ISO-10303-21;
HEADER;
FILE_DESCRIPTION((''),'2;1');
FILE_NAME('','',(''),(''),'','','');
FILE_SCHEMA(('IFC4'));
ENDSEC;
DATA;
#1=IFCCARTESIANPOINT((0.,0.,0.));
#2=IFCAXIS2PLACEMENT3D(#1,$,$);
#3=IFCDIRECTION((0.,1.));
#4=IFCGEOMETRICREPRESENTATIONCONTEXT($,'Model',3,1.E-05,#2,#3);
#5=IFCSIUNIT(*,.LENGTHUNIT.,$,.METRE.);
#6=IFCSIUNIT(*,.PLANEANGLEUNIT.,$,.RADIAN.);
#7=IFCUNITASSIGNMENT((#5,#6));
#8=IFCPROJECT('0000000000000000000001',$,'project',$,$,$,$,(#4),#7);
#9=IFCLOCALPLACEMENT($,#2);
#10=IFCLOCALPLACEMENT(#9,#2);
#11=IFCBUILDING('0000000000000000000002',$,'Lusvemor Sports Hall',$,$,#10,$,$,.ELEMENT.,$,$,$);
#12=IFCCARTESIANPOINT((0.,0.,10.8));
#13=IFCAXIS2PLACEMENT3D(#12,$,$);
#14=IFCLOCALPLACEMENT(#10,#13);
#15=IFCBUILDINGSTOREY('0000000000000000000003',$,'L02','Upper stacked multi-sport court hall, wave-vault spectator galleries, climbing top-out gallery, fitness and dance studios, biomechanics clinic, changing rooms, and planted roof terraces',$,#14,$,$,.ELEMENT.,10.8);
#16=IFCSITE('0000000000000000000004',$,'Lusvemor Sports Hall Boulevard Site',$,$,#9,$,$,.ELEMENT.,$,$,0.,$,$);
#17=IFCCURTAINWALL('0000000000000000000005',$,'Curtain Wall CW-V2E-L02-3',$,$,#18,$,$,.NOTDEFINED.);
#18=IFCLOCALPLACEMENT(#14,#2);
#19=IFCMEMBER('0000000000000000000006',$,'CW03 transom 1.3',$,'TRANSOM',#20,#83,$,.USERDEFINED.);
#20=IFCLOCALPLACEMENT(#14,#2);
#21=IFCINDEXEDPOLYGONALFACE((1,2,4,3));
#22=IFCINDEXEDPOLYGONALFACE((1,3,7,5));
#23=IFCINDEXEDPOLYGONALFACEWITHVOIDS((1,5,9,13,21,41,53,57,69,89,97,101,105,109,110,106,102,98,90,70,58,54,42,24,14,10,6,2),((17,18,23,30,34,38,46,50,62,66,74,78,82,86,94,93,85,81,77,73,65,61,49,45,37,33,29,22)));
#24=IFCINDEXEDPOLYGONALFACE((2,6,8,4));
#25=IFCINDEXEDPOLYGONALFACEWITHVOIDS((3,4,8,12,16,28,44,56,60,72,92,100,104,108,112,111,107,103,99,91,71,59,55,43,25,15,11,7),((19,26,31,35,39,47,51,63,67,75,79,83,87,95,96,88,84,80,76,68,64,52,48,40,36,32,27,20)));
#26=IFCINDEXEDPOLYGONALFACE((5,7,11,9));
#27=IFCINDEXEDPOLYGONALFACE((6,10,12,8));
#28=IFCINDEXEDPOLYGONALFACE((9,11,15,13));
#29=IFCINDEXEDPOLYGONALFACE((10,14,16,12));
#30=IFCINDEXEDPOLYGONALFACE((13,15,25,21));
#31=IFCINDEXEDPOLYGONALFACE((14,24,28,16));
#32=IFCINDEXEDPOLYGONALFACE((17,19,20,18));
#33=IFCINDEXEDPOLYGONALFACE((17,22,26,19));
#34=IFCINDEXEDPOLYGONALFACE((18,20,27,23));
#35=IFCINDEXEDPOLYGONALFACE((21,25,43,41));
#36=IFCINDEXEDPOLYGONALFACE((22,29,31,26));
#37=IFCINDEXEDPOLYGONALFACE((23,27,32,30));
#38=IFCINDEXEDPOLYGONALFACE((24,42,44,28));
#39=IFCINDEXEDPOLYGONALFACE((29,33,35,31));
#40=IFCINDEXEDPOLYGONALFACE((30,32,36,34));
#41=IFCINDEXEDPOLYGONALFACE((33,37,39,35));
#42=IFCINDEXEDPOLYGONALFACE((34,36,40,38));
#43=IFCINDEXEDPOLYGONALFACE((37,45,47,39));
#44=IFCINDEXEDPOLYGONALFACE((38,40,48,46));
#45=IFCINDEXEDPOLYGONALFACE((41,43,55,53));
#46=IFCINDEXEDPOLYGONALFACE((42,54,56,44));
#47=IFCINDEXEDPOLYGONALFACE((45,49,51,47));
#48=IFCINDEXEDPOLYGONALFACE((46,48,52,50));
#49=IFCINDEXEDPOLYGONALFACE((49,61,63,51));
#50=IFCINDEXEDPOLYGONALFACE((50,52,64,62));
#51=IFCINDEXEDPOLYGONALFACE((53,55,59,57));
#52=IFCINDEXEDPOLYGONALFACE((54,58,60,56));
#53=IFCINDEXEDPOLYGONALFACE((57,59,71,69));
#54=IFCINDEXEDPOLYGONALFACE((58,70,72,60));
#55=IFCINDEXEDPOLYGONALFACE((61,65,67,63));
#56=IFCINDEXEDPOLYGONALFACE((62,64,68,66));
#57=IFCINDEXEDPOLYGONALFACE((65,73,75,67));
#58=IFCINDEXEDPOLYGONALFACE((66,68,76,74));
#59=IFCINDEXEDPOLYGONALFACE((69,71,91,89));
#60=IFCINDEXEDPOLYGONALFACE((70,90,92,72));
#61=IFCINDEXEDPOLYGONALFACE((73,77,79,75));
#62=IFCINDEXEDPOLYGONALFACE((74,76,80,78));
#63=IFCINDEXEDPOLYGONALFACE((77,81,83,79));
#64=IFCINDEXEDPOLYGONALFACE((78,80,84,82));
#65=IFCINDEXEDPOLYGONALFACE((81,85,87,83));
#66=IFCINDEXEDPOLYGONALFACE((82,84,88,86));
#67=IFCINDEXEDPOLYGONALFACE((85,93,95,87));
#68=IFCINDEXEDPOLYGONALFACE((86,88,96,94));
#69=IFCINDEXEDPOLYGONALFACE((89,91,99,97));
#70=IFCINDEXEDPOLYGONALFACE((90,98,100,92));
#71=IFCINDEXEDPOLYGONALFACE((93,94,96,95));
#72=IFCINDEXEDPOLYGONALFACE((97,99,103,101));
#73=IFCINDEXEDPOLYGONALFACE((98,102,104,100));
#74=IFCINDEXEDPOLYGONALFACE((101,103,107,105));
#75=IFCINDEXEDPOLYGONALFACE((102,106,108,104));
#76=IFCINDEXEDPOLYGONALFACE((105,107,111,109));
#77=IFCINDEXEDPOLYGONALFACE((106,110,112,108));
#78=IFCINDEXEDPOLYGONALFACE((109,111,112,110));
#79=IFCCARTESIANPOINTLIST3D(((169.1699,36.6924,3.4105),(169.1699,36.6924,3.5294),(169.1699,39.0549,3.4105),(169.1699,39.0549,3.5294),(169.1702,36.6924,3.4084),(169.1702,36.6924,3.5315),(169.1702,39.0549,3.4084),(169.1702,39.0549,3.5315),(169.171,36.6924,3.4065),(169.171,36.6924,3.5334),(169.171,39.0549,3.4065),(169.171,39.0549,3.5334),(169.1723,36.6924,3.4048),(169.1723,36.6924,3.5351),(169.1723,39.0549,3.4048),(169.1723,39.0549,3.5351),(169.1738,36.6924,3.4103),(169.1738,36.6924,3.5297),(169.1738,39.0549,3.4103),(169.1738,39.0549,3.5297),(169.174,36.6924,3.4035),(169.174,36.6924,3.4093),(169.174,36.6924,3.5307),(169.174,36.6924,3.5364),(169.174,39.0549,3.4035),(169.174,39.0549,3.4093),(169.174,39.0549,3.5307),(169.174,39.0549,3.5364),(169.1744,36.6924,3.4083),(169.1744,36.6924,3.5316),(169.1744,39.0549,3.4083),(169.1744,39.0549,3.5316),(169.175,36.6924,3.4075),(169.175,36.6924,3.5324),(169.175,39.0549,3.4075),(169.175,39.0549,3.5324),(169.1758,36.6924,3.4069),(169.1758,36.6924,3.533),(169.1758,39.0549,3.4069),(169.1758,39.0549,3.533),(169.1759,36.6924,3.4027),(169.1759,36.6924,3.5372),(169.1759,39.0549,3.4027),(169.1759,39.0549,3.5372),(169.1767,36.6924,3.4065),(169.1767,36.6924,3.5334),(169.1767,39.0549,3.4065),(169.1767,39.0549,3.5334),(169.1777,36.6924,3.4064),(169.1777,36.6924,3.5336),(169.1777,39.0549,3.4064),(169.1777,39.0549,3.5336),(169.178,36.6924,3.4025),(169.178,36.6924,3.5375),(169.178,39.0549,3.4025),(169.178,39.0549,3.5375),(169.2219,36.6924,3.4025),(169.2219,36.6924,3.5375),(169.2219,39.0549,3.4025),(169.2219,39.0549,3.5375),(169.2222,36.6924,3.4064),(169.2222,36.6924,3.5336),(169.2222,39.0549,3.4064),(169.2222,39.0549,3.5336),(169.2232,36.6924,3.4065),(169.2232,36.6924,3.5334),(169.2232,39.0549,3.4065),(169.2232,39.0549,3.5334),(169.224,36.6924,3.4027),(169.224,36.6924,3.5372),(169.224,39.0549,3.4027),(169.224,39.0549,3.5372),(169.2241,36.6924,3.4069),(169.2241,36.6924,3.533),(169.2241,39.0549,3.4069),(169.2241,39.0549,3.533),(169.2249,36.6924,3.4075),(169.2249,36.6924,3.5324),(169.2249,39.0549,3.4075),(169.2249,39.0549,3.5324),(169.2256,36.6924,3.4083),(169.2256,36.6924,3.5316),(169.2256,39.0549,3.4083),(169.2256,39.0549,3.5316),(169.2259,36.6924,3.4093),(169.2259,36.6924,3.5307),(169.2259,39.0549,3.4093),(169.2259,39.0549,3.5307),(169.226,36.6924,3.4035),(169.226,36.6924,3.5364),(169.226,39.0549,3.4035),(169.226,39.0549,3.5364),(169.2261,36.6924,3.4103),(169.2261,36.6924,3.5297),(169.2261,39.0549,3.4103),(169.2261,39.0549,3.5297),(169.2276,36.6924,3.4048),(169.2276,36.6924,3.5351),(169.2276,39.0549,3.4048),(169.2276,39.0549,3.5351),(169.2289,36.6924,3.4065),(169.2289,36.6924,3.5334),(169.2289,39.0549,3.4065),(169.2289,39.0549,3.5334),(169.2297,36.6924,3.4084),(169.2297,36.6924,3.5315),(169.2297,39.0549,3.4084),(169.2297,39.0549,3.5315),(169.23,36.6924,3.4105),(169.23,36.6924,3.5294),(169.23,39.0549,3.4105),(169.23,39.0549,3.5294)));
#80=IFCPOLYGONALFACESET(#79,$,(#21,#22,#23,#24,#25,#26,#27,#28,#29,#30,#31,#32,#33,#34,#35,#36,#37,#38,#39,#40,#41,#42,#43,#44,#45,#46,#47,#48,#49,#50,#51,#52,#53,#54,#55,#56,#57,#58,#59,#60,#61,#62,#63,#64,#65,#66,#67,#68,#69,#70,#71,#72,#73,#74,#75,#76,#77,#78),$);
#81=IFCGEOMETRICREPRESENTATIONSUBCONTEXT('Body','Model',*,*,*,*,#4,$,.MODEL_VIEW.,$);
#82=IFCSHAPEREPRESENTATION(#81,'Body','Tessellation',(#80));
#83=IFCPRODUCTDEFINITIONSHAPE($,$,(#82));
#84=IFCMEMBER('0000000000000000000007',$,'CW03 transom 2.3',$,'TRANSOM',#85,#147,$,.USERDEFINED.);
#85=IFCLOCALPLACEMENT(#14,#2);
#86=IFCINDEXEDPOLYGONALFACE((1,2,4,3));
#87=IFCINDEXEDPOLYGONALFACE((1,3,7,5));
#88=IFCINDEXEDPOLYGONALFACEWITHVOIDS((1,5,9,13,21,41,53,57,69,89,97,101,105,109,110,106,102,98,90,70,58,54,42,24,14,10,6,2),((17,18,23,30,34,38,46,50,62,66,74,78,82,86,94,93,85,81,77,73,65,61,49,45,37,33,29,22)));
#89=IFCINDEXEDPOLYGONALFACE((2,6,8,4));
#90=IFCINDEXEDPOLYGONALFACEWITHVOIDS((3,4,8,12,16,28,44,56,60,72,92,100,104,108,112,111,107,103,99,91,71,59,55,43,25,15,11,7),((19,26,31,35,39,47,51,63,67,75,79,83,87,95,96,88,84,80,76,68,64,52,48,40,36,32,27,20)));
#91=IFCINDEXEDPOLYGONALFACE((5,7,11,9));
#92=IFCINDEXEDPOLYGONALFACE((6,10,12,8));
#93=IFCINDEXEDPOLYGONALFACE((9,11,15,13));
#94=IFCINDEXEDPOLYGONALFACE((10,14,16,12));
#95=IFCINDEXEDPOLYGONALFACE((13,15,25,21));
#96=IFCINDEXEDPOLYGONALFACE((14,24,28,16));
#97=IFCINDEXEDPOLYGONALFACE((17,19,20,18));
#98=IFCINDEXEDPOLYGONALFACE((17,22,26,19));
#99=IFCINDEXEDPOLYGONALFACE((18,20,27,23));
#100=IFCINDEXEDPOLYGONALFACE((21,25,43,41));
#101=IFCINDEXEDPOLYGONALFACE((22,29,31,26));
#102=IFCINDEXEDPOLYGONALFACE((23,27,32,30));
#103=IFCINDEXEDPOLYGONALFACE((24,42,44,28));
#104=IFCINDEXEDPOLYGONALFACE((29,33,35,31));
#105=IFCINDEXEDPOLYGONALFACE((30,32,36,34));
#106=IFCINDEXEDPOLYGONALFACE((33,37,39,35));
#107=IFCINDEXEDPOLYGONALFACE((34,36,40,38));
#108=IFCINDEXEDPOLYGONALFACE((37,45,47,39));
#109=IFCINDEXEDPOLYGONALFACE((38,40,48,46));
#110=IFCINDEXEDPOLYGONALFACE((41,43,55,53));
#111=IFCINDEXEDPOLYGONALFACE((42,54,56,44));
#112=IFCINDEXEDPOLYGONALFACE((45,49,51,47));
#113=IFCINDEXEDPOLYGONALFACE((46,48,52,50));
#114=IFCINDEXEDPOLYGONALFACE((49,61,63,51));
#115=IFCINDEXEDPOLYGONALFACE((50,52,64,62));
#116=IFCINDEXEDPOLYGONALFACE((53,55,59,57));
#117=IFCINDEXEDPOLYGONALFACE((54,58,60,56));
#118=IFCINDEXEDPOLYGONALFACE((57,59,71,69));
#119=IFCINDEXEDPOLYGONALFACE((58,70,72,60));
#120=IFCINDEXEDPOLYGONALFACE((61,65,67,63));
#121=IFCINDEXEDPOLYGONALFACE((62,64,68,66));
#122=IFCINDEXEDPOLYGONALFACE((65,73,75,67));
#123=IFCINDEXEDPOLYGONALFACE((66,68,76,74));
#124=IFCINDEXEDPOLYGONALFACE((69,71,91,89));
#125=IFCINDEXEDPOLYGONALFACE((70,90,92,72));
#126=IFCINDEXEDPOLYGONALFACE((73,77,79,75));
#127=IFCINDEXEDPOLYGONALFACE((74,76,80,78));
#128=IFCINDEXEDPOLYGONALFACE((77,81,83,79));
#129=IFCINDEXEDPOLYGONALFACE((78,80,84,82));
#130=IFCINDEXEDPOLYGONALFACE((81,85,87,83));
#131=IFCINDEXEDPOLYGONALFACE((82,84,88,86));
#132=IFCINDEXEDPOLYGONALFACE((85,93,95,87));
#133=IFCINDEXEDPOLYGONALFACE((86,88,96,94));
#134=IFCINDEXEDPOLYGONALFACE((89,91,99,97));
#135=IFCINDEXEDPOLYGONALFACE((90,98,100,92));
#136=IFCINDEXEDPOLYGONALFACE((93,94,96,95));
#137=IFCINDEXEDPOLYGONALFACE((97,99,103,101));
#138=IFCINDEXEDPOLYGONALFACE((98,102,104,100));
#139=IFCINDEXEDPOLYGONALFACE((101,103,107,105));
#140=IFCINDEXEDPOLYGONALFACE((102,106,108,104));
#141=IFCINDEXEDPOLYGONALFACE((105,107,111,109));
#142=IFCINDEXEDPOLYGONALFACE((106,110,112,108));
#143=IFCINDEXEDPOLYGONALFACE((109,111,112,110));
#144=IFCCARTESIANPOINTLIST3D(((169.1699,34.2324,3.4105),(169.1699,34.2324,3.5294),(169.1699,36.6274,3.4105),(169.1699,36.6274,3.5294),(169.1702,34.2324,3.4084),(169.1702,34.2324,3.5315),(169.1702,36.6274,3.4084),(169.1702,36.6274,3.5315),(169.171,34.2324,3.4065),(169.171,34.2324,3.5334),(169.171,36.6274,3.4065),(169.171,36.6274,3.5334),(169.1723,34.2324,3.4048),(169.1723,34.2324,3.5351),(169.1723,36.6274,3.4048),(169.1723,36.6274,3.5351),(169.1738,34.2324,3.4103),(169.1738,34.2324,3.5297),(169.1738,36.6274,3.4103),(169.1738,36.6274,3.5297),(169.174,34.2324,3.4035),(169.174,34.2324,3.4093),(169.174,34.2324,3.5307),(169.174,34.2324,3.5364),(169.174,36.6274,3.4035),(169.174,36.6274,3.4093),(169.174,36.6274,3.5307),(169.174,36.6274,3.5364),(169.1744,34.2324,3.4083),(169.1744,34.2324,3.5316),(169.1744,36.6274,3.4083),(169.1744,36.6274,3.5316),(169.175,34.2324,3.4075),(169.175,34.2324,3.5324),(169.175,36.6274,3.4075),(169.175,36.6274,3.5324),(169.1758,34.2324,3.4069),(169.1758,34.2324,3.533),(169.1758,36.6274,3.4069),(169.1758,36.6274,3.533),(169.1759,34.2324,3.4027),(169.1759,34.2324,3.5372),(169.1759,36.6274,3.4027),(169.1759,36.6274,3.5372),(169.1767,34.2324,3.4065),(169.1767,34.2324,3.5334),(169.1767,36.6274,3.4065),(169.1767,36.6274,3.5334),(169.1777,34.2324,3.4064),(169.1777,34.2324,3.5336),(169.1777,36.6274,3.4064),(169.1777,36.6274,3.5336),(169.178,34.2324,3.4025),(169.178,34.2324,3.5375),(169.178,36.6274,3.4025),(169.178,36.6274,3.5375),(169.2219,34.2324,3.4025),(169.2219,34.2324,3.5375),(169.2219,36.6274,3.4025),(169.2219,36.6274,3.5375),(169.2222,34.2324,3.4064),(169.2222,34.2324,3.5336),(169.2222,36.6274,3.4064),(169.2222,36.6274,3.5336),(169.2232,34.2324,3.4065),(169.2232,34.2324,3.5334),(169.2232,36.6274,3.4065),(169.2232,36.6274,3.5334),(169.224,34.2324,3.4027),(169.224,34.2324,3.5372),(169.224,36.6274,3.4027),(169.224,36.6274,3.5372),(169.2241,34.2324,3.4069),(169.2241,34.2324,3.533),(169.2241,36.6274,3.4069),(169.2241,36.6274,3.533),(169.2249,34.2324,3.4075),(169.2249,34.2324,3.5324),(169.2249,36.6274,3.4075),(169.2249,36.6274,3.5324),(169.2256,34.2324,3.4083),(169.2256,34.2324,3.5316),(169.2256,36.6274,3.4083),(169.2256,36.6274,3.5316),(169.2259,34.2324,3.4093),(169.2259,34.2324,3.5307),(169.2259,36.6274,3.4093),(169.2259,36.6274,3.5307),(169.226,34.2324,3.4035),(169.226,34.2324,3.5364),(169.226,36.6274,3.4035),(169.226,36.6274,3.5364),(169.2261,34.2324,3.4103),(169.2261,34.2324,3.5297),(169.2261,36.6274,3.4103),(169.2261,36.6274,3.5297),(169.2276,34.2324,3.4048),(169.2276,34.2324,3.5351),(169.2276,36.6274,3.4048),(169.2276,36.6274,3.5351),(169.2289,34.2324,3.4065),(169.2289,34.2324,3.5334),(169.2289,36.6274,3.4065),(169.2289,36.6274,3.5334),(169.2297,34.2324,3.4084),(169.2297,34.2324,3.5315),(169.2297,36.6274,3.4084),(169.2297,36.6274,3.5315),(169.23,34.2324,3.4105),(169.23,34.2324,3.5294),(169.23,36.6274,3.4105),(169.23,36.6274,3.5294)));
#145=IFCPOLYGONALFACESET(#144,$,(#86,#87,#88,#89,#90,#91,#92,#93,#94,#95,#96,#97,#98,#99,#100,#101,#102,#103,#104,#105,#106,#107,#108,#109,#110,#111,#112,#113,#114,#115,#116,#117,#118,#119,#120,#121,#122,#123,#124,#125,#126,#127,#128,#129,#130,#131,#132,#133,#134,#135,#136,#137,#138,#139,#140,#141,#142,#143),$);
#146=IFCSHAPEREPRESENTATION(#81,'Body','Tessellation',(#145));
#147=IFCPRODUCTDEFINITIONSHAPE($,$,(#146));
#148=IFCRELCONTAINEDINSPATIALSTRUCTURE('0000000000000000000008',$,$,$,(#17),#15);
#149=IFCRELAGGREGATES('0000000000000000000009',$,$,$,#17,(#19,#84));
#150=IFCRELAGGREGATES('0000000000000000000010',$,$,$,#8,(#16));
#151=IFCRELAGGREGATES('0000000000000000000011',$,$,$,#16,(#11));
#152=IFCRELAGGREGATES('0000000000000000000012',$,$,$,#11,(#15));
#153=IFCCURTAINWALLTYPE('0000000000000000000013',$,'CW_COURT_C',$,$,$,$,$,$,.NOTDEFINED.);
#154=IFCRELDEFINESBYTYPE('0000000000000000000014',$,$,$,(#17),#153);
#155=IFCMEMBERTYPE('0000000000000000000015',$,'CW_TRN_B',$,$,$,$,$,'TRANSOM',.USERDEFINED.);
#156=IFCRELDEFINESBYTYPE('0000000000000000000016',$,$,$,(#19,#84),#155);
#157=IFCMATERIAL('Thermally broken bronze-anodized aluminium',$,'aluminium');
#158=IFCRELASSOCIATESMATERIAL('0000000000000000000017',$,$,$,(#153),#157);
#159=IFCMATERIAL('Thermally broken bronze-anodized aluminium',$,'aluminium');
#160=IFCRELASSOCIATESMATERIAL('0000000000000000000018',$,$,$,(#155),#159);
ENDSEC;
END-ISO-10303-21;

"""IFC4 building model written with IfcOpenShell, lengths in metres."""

from ifc_helpers import new_model, si_unit, direction, frame, origin, origin_2d, place, context, subcontext, project, spatial, hollow_rectangle, extrude, material, material_profile, profile_set, type_object, element, aggregate, save


model = new_model("IFC4")

# Units and contexts
model_context = context("Model", 3, precision=1e-05, world=origin(), true_north=direction((0.0, 1.0)))
body_context = subcontext(model_context, "Body", "Model", "MODEL_VIEW")
ifc_project = project(units=[si_unit("LENGTHUNIT", "METRE"), si_unit("PLANEANGLEUNIT", "RADIAN")], contexts=[model_context])

# Site, building, storey
site_placement = place(None, origin())
site = spatial("IfcSite", under=ifc_project, at=site_placement, Name="Lusvemor Sports Hall Boulevard Site", CompositionType="ELEMENT", RefElevation=0.0)
building_placement = place(site_placement, origin())
building = spatial("IfcBuilding", under=site, at=building_placement, Name="Lusvemor Sports Hall", CompositionType="ELEMENT")
storey_placement = place(building_placement, frame((0.0, 0.0, 10.8)))
storey = spatial("IfcBuildingStorey", under=building, at=storey_placement, Name="L02", Description="Upper stacked multi-sport court hall, wave-vault spectator galleries, climbing top-out gallery, fitness and dance studios, biomechanics clinic, changing rooms, and planted roof terraces", CompositionType="ELEMENT", Elevation=10.8)

# Curtain wall
ifc_material_1 = material(Name="Thermally broken bronze-anodized aluminium", Category="aluminium")
curtain_wall_type_1 = type_object("IfcCurtainWallType", Name="CW_COURT_C", PredefinedType="NOTDEFINED", material=ifc_material_1)
curtain_wall_1_placement = place(storey_placement, origin())
curtain_wall_1 = element("IfcCurtainWall", 1, at=curtain_wall_1_placement, inside=storey, type_object=curtain_wall_type_1, Name="Curtain Wall CW-V2E-L02-3", PredefinedType="NOTDEFINED")

# Members
ifc_material_2 = material(Name="Thermally broken bronze-anodized aluminium", Category="aluminium")
ifc_material_profile_1 = material_profile(ifc_material_2, hollow_rectangle(XDim=0.0601, YDim=0.135, WallThickness=0.0039, InnerFilletRadius=0.0039, OuterFilletRadius=0.0081, at=origin_2d()), Name="CWTRN135x60x4")
ifc_profile_set_1 = profile_set([ifc_material_profile_1], Name="Thermally broken bronze-anodized aluminium")
member_type_1 = type_object("IfcMemberType", Name="CW_TRN_B", ElementType="TRANSOM", PredefinedType="USERDEFINED", material=ifc_profile_set_1)
member_1_placement = place(storey_placement, frame((169.2, 39.0549, 3.47), z_axis=(0.0, -1.0, 0.0), x_axis=(1.0, 0.0, 0.0)))
member_1 = element("IfcMember", 2, at=member_1_placement, type_object=member_type_1, Name="CW03 transom 1.3", ObjectType="TRANSOM", PredefinedType="USERDEFINED", context=body_context, shape_type="SweptSolid", body=[
    extrude(hollow_rectangle(XDim=0.0601, YDim=0.135, WallThickness=0.0039, InnerFilletRadius=0.0039, OuterFilletRadius=0.0081, at=origin_2d()), origin(), (0.0, 0.0, 1.0), 2.3625),
])
member_2_placement = place(storey_placement, frame((169.2, 36.6274, 3.47), z_axis=(0.0, -1.0, 0.0), x_axis=(1.0, 0.0, 0.0)))
member_2 = element("IfcMember", 3, at=member_2_placement, type_object=member_type_1, Name="CW03 transom 2.3", ObjectType="TRANSOM", PredefinedType="USERDEFINED", context=body_context, shape_type="SweptSolid", body=[
    extrude(hollow_rectangle(XDim=0.0601, YDim=0.135, WallThickness=0.0039, InnerFilletRadius=0.0039, OuterFilletRadius=0.0081, at=origin_2d()), origin(), (0.0, 0.0, 1.0), 2.395),
])

aggregate(curtain_wall_1, [member_1, member_2])

save(model, "model.ifc")
